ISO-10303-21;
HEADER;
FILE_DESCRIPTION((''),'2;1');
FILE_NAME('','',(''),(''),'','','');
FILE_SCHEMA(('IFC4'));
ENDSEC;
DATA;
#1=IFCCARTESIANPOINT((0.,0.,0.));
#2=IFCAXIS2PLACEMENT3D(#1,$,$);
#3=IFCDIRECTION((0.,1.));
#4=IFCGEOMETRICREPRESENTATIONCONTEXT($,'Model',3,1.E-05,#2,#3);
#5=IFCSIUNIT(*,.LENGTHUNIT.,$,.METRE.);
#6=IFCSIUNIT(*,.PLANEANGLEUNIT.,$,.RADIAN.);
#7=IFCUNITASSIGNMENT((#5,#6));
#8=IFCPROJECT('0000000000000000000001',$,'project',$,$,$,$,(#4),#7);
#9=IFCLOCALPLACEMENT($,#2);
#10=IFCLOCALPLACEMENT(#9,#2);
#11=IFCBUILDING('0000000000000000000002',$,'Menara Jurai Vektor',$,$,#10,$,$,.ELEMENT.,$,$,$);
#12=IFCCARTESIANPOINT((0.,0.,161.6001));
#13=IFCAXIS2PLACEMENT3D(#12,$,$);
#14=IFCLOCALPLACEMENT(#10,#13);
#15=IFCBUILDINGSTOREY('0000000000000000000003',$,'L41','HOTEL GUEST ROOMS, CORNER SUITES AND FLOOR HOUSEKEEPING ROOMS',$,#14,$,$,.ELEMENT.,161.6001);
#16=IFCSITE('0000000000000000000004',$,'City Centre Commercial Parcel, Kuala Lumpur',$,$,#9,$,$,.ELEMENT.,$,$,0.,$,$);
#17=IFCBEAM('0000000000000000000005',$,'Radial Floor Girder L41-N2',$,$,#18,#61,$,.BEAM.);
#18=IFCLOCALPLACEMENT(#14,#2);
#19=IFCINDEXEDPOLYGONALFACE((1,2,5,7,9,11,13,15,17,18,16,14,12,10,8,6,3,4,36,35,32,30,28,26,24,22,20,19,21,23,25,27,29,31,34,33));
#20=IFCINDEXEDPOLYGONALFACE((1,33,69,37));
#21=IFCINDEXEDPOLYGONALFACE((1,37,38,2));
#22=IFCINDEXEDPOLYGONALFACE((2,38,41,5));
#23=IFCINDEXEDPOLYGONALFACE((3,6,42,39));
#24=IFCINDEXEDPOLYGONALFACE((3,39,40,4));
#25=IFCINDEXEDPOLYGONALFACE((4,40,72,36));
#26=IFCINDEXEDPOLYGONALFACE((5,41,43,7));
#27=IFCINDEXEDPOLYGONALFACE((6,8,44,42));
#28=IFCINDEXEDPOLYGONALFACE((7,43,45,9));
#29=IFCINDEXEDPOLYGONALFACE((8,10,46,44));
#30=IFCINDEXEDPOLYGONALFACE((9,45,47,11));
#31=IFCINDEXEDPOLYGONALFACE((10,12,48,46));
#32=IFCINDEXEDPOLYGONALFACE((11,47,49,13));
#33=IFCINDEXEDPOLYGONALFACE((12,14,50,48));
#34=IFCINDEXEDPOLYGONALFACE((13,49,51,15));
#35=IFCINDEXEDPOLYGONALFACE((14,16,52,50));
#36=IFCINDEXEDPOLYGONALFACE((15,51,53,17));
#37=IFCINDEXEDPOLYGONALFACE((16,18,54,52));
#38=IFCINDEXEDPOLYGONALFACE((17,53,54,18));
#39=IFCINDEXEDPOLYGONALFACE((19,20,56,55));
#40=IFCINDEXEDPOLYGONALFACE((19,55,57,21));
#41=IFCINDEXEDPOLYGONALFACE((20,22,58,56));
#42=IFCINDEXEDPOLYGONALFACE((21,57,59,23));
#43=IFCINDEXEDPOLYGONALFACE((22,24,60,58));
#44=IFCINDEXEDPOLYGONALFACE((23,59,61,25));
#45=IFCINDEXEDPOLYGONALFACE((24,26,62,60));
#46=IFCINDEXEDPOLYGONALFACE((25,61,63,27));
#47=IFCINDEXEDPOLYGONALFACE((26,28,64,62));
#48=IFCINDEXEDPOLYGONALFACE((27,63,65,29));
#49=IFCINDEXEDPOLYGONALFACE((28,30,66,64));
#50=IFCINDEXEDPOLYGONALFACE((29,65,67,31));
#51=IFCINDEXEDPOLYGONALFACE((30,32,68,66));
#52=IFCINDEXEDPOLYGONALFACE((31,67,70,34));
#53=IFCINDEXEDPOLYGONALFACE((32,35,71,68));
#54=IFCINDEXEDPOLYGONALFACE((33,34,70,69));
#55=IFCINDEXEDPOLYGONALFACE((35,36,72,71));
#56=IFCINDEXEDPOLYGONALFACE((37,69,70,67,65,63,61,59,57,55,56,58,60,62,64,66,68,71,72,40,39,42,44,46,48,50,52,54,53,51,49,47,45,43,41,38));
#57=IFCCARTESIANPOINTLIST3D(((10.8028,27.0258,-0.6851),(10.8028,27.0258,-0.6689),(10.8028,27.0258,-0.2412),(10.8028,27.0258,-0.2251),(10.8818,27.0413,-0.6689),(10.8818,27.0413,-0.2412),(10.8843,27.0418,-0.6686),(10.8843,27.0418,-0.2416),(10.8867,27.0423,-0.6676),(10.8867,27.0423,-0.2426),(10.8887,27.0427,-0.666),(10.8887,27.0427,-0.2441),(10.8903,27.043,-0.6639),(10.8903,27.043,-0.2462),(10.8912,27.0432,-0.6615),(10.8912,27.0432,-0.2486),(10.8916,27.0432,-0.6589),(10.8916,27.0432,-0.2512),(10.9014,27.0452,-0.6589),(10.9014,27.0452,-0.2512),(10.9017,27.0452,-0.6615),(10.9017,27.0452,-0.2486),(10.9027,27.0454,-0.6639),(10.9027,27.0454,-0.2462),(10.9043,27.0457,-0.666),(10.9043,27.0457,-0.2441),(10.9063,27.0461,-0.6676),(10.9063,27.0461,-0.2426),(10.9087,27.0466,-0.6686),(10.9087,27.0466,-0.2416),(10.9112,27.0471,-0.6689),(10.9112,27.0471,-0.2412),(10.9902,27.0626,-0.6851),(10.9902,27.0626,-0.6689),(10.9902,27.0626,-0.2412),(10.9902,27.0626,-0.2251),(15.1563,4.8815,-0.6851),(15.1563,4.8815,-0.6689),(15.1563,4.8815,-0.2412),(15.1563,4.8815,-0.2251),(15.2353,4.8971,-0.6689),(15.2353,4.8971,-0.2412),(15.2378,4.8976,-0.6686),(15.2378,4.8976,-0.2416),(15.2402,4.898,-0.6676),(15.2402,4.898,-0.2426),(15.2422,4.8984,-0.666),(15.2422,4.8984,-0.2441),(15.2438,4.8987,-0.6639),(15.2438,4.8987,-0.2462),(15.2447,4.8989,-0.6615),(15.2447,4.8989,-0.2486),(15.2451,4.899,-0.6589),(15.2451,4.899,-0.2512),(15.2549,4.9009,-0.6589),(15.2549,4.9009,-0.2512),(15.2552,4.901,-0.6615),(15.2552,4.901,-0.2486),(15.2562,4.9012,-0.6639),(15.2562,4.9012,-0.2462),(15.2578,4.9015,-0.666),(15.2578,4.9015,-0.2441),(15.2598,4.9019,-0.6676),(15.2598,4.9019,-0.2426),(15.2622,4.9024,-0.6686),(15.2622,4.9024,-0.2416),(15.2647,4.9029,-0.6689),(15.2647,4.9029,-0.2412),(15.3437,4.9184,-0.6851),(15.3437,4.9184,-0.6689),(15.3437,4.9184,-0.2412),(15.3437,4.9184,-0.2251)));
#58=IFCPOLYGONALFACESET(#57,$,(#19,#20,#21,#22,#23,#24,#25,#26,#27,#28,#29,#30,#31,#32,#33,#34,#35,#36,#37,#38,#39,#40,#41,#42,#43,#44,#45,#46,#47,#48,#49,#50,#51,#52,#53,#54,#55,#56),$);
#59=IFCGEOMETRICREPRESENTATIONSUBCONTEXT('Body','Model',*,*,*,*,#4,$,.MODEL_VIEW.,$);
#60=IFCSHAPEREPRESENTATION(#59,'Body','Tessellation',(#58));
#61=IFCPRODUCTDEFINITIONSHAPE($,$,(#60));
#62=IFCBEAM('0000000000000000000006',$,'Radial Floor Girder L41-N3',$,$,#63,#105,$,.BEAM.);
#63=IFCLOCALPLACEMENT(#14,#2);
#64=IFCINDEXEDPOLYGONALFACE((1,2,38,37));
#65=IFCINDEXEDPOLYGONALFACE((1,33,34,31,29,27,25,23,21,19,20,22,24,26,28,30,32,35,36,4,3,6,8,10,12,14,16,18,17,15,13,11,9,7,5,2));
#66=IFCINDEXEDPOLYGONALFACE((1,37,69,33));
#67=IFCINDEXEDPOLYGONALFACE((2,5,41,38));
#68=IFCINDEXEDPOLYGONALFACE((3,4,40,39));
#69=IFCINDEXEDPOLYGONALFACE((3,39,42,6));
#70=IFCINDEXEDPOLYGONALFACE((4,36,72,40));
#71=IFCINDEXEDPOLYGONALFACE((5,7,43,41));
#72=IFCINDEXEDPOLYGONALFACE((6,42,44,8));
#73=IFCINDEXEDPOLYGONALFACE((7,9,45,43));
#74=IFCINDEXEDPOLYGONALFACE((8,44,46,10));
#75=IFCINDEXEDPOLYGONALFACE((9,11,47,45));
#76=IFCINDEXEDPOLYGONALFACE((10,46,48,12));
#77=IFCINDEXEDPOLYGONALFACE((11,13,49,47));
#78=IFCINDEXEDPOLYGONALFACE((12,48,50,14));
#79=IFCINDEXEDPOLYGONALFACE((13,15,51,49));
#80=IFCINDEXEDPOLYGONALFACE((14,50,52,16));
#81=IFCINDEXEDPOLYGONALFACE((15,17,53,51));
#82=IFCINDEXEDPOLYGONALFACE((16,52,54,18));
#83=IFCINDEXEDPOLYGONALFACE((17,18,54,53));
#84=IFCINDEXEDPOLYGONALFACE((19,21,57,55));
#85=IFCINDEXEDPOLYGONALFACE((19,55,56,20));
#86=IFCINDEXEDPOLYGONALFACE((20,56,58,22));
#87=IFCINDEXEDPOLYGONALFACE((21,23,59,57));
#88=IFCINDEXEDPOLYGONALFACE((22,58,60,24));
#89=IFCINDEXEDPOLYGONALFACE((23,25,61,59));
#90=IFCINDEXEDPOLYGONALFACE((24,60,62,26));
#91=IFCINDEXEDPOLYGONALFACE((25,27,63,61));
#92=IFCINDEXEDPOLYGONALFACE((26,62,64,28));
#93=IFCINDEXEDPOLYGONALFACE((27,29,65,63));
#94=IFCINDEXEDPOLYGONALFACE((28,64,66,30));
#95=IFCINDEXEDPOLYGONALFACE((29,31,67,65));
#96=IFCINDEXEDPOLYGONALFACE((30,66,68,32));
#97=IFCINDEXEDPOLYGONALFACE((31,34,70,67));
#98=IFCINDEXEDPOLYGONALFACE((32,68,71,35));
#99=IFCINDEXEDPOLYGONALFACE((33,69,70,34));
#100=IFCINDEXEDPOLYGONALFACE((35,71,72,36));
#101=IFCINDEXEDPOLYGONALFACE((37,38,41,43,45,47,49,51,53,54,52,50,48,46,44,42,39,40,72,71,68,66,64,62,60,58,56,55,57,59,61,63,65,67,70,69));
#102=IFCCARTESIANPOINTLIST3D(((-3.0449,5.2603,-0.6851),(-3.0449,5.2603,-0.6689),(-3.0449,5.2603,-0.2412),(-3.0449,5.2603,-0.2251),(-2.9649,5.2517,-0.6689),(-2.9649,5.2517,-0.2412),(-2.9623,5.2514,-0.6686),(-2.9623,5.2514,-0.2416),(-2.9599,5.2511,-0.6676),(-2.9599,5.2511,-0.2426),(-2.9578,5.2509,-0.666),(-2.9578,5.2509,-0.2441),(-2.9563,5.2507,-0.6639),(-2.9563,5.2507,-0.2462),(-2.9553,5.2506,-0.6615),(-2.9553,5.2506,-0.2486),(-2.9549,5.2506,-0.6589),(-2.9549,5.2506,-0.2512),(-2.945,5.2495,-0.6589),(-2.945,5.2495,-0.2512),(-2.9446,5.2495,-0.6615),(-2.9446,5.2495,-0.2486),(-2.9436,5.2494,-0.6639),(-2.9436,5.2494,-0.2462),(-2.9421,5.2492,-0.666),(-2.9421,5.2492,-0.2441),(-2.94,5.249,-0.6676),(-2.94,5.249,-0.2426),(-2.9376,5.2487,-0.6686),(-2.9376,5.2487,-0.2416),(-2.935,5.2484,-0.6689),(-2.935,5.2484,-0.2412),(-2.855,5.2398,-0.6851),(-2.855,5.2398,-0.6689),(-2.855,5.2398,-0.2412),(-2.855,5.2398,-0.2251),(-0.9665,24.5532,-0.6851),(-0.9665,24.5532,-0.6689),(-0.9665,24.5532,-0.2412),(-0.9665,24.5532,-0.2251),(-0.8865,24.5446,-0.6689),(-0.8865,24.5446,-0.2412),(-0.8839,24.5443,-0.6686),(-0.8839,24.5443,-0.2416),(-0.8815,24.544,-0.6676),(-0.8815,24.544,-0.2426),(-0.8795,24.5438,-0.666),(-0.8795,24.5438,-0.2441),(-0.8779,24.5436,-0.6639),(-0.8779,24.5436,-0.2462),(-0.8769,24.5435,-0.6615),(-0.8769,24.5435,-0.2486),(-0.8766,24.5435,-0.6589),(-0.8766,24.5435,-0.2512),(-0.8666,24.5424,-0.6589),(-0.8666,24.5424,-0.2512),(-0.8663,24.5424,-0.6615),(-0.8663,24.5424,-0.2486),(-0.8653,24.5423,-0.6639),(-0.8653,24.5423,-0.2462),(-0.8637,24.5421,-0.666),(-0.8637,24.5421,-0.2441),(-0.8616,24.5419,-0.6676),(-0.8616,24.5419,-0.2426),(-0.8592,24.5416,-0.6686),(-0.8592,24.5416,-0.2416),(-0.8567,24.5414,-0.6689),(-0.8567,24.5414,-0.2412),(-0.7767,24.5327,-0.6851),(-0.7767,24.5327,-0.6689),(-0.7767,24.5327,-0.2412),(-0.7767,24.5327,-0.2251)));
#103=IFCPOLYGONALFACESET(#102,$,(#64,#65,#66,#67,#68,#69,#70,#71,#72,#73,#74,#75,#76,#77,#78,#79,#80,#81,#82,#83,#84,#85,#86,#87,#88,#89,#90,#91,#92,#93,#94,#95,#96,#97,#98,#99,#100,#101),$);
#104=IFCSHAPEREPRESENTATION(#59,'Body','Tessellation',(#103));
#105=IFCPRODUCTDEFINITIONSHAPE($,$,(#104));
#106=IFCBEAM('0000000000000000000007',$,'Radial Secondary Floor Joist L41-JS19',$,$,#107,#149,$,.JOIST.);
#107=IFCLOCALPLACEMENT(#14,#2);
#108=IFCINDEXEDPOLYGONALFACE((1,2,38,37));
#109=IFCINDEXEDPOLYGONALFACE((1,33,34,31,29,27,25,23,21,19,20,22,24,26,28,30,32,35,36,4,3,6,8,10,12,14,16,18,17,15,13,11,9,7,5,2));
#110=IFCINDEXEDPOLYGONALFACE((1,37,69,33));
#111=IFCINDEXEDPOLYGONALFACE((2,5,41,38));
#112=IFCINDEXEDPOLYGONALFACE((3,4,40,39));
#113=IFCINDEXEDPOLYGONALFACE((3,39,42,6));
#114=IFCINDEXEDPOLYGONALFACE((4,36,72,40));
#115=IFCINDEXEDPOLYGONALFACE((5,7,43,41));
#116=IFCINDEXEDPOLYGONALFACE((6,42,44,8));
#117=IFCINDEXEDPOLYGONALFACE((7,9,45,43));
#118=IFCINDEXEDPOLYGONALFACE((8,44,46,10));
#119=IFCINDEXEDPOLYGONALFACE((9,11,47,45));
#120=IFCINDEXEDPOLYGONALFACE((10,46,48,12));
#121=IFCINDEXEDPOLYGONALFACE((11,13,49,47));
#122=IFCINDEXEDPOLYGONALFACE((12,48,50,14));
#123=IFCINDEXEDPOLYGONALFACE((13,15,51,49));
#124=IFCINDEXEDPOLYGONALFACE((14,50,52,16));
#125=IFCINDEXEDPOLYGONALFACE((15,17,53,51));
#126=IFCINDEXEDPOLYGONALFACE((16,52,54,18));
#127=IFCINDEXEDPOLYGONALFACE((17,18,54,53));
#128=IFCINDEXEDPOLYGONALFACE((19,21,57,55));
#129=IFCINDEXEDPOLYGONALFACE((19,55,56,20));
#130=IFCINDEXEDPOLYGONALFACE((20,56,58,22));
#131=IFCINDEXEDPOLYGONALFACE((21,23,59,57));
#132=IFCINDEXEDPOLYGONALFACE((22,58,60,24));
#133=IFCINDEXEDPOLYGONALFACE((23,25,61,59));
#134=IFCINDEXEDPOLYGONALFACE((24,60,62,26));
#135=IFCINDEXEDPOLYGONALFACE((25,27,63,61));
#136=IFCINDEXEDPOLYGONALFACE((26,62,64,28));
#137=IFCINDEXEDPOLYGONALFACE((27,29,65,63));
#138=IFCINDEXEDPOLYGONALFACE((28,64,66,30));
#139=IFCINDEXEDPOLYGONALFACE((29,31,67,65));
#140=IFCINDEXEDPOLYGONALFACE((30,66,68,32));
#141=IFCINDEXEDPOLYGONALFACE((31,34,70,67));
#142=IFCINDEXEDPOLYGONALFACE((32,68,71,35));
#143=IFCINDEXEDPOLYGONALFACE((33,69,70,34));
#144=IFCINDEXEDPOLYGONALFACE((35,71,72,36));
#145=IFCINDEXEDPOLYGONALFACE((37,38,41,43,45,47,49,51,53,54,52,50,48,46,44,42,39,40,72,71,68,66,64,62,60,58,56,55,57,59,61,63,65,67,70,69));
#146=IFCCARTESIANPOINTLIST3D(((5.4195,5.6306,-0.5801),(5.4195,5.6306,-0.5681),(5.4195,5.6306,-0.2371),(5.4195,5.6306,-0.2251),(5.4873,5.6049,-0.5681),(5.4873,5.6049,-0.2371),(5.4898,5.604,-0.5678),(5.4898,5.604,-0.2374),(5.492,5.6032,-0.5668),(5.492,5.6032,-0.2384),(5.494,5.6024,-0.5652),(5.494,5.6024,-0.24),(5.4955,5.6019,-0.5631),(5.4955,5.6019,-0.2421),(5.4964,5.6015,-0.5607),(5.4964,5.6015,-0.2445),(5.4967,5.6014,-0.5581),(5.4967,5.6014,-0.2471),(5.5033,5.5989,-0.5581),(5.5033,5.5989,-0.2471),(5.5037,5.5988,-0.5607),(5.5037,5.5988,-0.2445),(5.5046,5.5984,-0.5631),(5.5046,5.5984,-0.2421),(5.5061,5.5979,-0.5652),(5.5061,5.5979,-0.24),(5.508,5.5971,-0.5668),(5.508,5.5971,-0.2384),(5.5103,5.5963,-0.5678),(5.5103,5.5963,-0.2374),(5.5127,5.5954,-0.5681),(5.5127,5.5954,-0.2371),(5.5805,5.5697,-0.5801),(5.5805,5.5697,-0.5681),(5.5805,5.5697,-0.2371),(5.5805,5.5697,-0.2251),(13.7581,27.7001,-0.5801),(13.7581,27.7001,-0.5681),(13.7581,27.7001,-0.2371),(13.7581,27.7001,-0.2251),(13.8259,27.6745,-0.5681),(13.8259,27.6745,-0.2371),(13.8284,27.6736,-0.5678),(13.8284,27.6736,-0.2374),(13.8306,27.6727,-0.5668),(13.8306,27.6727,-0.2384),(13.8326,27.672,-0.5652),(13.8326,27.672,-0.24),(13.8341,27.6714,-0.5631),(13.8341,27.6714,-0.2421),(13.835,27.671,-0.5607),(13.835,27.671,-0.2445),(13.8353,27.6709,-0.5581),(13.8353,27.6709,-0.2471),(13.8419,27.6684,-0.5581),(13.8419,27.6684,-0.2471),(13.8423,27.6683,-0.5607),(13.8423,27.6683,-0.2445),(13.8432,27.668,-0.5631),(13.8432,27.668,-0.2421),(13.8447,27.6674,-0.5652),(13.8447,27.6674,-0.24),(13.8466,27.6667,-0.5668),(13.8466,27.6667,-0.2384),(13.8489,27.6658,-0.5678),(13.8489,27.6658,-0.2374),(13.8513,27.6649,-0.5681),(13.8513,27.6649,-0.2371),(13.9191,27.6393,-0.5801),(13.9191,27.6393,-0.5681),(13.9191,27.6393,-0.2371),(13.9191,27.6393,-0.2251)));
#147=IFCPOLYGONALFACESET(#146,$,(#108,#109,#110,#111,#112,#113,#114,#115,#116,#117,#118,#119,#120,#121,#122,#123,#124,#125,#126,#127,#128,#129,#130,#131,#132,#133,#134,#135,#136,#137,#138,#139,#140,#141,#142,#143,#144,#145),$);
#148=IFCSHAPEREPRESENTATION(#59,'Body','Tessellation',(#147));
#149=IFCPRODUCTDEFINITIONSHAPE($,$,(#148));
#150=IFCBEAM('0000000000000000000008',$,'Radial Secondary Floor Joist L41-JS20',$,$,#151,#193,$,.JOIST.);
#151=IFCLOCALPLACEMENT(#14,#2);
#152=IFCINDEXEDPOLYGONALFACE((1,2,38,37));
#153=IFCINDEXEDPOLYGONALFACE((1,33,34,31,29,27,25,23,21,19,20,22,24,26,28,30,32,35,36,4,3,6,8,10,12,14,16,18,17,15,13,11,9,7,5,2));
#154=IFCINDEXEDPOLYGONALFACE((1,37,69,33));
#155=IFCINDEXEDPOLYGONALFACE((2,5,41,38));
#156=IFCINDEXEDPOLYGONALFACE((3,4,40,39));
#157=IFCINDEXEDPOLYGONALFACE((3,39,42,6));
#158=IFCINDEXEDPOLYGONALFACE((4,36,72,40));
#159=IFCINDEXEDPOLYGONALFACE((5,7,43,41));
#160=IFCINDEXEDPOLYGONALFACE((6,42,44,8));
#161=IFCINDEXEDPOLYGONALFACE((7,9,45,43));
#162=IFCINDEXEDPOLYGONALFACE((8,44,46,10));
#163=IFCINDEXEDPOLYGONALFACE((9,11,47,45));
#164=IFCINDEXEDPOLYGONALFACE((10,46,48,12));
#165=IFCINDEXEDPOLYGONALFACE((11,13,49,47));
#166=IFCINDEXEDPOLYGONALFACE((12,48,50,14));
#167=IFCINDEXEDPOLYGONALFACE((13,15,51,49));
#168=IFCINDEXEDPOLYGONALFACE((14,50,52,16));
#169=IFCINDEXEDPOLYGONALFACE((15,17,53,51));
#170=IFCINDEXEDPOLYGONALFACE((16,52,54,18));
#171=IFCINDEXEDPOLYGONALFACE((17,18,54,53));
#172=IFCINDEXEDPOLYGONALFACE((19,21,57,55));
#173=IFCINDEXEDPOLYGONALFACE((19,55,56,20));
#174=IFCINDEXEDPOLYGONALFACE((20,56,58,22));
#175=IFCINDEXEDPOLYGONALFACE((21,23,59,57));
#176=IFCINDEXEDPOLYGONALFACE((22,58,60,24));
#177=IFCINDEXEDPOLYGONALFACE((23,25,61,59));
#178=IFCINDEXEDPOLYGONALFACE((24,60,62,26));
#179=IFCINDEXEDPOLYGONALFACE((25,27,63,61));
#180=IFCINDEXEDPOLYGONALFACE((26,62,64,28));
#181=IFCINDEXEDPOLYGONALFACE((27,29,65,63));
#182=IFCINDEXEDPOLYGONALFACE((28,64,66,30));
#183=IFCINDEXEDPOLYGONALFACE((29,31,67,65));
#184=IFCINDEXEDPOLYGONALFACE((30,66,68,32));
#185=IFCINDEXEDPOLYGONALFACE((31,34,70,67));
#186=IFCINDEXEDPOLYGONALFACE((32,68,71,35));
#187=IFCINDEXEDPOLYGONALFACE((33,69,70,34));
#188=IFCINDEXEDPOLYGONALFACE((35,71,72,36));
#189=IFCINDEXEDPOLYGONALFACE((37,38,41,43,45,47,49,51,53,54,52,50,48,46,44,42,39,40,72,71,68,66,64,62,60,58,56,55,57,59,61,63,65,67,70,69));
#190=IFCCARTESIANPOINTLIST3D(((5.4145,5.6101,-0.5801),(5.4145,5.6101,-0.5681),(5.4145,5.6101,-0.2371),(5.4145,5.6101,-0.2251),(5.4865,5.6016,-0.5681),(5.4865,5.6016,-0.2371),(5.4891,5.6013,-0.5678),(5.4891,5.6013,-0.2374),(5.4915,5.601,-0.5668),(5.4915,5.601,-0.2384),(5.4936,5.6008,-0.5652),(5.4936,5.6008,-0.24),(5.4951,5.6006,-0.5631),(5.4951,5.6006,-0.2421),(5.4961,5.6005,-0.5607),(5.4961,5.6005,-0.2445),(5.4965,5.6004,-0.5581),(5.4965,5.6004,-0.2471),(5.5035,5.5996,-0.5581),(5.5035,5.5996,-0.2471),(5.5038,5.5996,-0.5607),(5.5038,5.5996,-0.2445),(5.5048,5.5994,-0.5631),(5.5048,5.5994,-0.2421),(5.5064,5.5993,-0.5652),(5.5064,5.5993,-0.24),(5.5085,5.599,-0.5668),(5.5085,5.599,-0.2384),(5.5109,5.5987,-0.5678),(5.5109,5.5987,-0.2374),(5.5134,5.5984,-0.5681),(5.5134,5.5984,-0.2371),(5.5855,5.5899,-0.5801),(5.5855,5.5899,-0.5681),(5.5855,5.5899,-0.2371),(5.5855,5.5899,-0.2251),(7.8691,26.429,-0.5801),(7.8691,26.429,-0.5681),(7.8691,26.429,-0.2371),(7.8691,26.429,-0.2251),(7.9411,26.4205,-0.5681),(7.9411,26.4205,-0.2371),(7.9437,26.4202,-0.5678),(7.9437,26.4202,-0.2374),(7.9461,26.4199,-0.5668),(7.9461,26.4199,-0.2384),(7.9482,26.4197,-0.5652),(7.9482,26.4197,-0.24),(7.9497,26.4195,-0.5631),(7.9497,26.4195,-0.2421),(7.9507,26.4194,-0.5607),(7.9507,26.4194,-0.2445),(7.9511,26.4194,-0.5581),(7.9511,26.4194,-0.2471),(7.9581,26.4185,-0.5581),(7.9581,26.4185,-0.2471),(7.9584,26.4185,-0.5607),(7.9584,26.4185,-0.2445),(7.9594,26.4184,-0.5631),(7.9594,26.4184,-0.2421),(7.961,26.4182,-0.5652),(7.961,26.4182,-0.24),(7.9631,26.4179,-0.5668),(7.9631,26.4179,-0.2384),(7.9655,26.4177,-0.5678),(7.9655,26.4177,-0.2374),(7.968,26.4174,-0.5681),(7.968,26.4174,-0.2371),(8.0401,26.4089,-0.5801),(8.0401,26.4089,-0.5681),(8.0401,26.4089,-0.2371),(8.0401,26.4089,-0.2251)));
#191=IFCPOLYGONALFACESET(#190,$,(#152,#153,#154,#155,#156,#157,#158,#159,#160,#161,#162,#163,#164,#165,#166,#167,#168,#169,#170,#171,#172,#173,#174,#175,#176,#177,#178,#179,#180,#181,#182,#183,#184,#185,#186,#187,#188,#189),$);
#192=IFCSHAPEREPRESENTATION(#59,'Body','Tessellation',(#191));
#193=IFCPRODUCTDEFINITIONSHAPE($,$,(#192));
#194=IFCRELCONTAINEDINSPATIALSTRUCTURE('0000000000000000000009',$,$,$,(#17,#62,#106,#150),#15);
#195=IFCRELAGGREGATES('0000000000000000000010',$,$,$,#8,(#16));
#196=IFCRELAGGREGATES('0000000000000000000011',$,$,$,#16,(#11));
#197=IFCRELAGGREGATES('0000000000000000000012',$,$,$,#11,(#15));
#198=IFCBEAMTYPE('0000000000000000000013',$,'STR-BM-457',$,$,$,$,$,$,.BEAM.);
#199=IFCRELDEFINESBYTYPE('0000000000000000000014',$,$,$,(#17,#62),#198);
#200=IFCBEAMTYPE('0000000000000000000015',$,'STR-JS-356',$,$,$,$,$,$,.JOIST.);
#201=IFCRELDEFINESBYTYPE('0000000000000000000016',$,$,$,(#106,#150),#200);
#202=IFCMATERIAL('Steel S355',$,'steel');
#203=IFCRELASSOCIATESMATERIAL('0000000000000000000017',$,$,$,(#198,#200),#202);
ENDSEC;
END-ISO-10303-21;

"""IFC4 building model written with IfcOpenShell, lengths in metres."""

from ifc_helpers import new_model, si_unit, direction, frame, origin, origin_2d, place, context, subcontext, project, spatial, i_section, extrude, material, material_profile, profile_set, type_object, element, save


model = new_model("IFC4")

# Units and contexts
model_context = context("Model", 3, precision=1e-05, world=origin(), true_north=direction((0.0, 1.0)))
body_context = subcontext(model_context, "Body", "Model", "MODEL_VIEW")
ifc_project = project(units=[si_unit("LENGTHUNIT", "METRE"), si_unit("PLANEANGLEUNIT", "RADIAN")], contexts=[model_context])

# Site, building, storey
site_placement = place(None, origin())
site = spatial("IfcSite", under=ifc_project, at=site_placement, Name="City Centre Commercial Parcel, Kuala Lumpur", CompositionType="ELEMENT", RefElevation=0.0)
building_placement = place(site_placement, origin())
building = spatial("IfcBuilding", under=site, at=building_placement, Name="Menara Jurai Vektor", CompositionType="ELEMENT")
storey_placement = place(building_placement, frame((0.0, 0.0, 161.6001)))
storey = spatial("IfcBuildingStorey", under=building, at=storey_placement, Name="L41", Description="HOTEL GUEST ROOMS, CORNER SUITES AND FLOOR HOUSEKEEPING ROOMS", CompositionType="ELEMENT", Elevation=161.6001)

# Beams
ifc_material_1 = material(Name="Steel S355", Category="steel")
ifc_material_profile_1 = material_profile(ifc_material_1, i_section(OverallWidth=0.1909, OverallDepth=0.46, WebThickness=0.01, FlangeThickness=0.0161, FilletRadius=0.01, at=origin_2d()), Name="UKB 457x191x82")
ifc_profile_set_1 = profile_set([ifc_material_profile_1], Name="Steel S355")
beam_type_1 = type_object("IfcBeamType", Name="STR-BM-457", PredefinedType="BEAM", material=ifc_profile_set_1)
beam_1_placement = place(storey_placement, frame((10.8965, 27.0442, -0.4551), z_axis=(0.192905, -0.981217, 0.0), x_axis=(0.981217, 0.192905, 0.0)))
element("IfcBeam", 1, at=beam_1_placement, inside=storey, type_object=beam_type_1, Name="Radial Floor Girder L41-N2", PredefinedType="BEAM", context=body_context, shape_type="SweptSolid", body=[
    extrude(i_section(OverallWidth=0.1909, OverallDepth=0.46, WebThickness=0.01, FlangeThickness=0.0161, FilletRadius=0.01, at=origin_2d()), origin(), (0.0, 0.0, 1.0), 22.5681),
])
beam_2_placement = place(storey_placement, frame((-0.8716, 24.543, -0.4551), z_axis=(-0.107107, -0.994247, 0.0), x_axis=(0.994247, -0.107107, 0.0)))
element("IfcBeam", 2, at=beam_2_placement, inside=storey, type_object=beam_type_1, Name="Radial Floor Girder L41-N3", PredefinedType="BEAM", context=body_context, shape_type="SweptSolid", body=[
    extrude(i_section(OverallWidth=0.1909, OverallDepth=0.46, WebThickness=0.01, FlangeThickness=0.0161, FilletRadius=0.01, at=origin_2d()), origin(), (0.0, 0.0, 1.0), 19.4045),
])
ifc_material_profile_2 = material_profile(ifc_material_1, i_section(OverallWidth=0.1721, OverallDepth=0.355, WebThickness=0.0071, FlangeThickness=0.012, FilletRadius=0.01, at=origin_2d()), Name="UKB 356x171x51")
ifc_profile_set_2 = profile_set([ifc_material_profile_2], Name="Steel S355")
beam_type_2 = type_object("IfcBeamType", Name="STR-JS-356", PredefinedType="JOIST", material=ifc_profile_set_2)
beam_3_placement = place(storey_placement, frame((13.8386, 27.6697, -0.4026), z_axis=(-0.353446, -0.935455, 0.0), x_axis=(0.935455, -0.353446, 0.0)))
element("IfcBeam", 3, at=beam_3_placement, inside=storey, type_object=beam_type_2, Name="Radial Secondary Floor Joist L41-JS19", PredefinedType="JOIST", context=body_context, shape_type="SweptSolid", body=[
    extrude(i_section(OverallWidth=0.1721, OverallDepth=0.355, WebThickness=0.0071, FlangeThickness=0.012, FilletRadius=0.01, at=origin_2d()), origin(), (0.0, 0.0, 1.0), 23.5923),
])
beam_4_placement = place(storey_placement, frame((7.9546, 26.4189, -0.4026), z_axis=(-0.117091, -0.993121, 0.0), x_axis=(0.993121, -0.117091, 0.0)))
element("IfcBeam", 4, at=beam_4_placement, inside=storey, type_object=beam_type_2, Name="Radial Secondary Floor Joist L41-JS20", PredefinedType="JOIST", context=body_context, shape_type="SweptSolid", body=[
    extrude(i_section(OverallWidth=0.1721, OverallDepth=0.355, WebThickness=0.0071, FlangeThickness=0.012, FilletRadius=0.01, at=origin_2d()), origin(), (0.0, 0.0, 1.0), 20.9631),
])

save(model, "model.ifc")
